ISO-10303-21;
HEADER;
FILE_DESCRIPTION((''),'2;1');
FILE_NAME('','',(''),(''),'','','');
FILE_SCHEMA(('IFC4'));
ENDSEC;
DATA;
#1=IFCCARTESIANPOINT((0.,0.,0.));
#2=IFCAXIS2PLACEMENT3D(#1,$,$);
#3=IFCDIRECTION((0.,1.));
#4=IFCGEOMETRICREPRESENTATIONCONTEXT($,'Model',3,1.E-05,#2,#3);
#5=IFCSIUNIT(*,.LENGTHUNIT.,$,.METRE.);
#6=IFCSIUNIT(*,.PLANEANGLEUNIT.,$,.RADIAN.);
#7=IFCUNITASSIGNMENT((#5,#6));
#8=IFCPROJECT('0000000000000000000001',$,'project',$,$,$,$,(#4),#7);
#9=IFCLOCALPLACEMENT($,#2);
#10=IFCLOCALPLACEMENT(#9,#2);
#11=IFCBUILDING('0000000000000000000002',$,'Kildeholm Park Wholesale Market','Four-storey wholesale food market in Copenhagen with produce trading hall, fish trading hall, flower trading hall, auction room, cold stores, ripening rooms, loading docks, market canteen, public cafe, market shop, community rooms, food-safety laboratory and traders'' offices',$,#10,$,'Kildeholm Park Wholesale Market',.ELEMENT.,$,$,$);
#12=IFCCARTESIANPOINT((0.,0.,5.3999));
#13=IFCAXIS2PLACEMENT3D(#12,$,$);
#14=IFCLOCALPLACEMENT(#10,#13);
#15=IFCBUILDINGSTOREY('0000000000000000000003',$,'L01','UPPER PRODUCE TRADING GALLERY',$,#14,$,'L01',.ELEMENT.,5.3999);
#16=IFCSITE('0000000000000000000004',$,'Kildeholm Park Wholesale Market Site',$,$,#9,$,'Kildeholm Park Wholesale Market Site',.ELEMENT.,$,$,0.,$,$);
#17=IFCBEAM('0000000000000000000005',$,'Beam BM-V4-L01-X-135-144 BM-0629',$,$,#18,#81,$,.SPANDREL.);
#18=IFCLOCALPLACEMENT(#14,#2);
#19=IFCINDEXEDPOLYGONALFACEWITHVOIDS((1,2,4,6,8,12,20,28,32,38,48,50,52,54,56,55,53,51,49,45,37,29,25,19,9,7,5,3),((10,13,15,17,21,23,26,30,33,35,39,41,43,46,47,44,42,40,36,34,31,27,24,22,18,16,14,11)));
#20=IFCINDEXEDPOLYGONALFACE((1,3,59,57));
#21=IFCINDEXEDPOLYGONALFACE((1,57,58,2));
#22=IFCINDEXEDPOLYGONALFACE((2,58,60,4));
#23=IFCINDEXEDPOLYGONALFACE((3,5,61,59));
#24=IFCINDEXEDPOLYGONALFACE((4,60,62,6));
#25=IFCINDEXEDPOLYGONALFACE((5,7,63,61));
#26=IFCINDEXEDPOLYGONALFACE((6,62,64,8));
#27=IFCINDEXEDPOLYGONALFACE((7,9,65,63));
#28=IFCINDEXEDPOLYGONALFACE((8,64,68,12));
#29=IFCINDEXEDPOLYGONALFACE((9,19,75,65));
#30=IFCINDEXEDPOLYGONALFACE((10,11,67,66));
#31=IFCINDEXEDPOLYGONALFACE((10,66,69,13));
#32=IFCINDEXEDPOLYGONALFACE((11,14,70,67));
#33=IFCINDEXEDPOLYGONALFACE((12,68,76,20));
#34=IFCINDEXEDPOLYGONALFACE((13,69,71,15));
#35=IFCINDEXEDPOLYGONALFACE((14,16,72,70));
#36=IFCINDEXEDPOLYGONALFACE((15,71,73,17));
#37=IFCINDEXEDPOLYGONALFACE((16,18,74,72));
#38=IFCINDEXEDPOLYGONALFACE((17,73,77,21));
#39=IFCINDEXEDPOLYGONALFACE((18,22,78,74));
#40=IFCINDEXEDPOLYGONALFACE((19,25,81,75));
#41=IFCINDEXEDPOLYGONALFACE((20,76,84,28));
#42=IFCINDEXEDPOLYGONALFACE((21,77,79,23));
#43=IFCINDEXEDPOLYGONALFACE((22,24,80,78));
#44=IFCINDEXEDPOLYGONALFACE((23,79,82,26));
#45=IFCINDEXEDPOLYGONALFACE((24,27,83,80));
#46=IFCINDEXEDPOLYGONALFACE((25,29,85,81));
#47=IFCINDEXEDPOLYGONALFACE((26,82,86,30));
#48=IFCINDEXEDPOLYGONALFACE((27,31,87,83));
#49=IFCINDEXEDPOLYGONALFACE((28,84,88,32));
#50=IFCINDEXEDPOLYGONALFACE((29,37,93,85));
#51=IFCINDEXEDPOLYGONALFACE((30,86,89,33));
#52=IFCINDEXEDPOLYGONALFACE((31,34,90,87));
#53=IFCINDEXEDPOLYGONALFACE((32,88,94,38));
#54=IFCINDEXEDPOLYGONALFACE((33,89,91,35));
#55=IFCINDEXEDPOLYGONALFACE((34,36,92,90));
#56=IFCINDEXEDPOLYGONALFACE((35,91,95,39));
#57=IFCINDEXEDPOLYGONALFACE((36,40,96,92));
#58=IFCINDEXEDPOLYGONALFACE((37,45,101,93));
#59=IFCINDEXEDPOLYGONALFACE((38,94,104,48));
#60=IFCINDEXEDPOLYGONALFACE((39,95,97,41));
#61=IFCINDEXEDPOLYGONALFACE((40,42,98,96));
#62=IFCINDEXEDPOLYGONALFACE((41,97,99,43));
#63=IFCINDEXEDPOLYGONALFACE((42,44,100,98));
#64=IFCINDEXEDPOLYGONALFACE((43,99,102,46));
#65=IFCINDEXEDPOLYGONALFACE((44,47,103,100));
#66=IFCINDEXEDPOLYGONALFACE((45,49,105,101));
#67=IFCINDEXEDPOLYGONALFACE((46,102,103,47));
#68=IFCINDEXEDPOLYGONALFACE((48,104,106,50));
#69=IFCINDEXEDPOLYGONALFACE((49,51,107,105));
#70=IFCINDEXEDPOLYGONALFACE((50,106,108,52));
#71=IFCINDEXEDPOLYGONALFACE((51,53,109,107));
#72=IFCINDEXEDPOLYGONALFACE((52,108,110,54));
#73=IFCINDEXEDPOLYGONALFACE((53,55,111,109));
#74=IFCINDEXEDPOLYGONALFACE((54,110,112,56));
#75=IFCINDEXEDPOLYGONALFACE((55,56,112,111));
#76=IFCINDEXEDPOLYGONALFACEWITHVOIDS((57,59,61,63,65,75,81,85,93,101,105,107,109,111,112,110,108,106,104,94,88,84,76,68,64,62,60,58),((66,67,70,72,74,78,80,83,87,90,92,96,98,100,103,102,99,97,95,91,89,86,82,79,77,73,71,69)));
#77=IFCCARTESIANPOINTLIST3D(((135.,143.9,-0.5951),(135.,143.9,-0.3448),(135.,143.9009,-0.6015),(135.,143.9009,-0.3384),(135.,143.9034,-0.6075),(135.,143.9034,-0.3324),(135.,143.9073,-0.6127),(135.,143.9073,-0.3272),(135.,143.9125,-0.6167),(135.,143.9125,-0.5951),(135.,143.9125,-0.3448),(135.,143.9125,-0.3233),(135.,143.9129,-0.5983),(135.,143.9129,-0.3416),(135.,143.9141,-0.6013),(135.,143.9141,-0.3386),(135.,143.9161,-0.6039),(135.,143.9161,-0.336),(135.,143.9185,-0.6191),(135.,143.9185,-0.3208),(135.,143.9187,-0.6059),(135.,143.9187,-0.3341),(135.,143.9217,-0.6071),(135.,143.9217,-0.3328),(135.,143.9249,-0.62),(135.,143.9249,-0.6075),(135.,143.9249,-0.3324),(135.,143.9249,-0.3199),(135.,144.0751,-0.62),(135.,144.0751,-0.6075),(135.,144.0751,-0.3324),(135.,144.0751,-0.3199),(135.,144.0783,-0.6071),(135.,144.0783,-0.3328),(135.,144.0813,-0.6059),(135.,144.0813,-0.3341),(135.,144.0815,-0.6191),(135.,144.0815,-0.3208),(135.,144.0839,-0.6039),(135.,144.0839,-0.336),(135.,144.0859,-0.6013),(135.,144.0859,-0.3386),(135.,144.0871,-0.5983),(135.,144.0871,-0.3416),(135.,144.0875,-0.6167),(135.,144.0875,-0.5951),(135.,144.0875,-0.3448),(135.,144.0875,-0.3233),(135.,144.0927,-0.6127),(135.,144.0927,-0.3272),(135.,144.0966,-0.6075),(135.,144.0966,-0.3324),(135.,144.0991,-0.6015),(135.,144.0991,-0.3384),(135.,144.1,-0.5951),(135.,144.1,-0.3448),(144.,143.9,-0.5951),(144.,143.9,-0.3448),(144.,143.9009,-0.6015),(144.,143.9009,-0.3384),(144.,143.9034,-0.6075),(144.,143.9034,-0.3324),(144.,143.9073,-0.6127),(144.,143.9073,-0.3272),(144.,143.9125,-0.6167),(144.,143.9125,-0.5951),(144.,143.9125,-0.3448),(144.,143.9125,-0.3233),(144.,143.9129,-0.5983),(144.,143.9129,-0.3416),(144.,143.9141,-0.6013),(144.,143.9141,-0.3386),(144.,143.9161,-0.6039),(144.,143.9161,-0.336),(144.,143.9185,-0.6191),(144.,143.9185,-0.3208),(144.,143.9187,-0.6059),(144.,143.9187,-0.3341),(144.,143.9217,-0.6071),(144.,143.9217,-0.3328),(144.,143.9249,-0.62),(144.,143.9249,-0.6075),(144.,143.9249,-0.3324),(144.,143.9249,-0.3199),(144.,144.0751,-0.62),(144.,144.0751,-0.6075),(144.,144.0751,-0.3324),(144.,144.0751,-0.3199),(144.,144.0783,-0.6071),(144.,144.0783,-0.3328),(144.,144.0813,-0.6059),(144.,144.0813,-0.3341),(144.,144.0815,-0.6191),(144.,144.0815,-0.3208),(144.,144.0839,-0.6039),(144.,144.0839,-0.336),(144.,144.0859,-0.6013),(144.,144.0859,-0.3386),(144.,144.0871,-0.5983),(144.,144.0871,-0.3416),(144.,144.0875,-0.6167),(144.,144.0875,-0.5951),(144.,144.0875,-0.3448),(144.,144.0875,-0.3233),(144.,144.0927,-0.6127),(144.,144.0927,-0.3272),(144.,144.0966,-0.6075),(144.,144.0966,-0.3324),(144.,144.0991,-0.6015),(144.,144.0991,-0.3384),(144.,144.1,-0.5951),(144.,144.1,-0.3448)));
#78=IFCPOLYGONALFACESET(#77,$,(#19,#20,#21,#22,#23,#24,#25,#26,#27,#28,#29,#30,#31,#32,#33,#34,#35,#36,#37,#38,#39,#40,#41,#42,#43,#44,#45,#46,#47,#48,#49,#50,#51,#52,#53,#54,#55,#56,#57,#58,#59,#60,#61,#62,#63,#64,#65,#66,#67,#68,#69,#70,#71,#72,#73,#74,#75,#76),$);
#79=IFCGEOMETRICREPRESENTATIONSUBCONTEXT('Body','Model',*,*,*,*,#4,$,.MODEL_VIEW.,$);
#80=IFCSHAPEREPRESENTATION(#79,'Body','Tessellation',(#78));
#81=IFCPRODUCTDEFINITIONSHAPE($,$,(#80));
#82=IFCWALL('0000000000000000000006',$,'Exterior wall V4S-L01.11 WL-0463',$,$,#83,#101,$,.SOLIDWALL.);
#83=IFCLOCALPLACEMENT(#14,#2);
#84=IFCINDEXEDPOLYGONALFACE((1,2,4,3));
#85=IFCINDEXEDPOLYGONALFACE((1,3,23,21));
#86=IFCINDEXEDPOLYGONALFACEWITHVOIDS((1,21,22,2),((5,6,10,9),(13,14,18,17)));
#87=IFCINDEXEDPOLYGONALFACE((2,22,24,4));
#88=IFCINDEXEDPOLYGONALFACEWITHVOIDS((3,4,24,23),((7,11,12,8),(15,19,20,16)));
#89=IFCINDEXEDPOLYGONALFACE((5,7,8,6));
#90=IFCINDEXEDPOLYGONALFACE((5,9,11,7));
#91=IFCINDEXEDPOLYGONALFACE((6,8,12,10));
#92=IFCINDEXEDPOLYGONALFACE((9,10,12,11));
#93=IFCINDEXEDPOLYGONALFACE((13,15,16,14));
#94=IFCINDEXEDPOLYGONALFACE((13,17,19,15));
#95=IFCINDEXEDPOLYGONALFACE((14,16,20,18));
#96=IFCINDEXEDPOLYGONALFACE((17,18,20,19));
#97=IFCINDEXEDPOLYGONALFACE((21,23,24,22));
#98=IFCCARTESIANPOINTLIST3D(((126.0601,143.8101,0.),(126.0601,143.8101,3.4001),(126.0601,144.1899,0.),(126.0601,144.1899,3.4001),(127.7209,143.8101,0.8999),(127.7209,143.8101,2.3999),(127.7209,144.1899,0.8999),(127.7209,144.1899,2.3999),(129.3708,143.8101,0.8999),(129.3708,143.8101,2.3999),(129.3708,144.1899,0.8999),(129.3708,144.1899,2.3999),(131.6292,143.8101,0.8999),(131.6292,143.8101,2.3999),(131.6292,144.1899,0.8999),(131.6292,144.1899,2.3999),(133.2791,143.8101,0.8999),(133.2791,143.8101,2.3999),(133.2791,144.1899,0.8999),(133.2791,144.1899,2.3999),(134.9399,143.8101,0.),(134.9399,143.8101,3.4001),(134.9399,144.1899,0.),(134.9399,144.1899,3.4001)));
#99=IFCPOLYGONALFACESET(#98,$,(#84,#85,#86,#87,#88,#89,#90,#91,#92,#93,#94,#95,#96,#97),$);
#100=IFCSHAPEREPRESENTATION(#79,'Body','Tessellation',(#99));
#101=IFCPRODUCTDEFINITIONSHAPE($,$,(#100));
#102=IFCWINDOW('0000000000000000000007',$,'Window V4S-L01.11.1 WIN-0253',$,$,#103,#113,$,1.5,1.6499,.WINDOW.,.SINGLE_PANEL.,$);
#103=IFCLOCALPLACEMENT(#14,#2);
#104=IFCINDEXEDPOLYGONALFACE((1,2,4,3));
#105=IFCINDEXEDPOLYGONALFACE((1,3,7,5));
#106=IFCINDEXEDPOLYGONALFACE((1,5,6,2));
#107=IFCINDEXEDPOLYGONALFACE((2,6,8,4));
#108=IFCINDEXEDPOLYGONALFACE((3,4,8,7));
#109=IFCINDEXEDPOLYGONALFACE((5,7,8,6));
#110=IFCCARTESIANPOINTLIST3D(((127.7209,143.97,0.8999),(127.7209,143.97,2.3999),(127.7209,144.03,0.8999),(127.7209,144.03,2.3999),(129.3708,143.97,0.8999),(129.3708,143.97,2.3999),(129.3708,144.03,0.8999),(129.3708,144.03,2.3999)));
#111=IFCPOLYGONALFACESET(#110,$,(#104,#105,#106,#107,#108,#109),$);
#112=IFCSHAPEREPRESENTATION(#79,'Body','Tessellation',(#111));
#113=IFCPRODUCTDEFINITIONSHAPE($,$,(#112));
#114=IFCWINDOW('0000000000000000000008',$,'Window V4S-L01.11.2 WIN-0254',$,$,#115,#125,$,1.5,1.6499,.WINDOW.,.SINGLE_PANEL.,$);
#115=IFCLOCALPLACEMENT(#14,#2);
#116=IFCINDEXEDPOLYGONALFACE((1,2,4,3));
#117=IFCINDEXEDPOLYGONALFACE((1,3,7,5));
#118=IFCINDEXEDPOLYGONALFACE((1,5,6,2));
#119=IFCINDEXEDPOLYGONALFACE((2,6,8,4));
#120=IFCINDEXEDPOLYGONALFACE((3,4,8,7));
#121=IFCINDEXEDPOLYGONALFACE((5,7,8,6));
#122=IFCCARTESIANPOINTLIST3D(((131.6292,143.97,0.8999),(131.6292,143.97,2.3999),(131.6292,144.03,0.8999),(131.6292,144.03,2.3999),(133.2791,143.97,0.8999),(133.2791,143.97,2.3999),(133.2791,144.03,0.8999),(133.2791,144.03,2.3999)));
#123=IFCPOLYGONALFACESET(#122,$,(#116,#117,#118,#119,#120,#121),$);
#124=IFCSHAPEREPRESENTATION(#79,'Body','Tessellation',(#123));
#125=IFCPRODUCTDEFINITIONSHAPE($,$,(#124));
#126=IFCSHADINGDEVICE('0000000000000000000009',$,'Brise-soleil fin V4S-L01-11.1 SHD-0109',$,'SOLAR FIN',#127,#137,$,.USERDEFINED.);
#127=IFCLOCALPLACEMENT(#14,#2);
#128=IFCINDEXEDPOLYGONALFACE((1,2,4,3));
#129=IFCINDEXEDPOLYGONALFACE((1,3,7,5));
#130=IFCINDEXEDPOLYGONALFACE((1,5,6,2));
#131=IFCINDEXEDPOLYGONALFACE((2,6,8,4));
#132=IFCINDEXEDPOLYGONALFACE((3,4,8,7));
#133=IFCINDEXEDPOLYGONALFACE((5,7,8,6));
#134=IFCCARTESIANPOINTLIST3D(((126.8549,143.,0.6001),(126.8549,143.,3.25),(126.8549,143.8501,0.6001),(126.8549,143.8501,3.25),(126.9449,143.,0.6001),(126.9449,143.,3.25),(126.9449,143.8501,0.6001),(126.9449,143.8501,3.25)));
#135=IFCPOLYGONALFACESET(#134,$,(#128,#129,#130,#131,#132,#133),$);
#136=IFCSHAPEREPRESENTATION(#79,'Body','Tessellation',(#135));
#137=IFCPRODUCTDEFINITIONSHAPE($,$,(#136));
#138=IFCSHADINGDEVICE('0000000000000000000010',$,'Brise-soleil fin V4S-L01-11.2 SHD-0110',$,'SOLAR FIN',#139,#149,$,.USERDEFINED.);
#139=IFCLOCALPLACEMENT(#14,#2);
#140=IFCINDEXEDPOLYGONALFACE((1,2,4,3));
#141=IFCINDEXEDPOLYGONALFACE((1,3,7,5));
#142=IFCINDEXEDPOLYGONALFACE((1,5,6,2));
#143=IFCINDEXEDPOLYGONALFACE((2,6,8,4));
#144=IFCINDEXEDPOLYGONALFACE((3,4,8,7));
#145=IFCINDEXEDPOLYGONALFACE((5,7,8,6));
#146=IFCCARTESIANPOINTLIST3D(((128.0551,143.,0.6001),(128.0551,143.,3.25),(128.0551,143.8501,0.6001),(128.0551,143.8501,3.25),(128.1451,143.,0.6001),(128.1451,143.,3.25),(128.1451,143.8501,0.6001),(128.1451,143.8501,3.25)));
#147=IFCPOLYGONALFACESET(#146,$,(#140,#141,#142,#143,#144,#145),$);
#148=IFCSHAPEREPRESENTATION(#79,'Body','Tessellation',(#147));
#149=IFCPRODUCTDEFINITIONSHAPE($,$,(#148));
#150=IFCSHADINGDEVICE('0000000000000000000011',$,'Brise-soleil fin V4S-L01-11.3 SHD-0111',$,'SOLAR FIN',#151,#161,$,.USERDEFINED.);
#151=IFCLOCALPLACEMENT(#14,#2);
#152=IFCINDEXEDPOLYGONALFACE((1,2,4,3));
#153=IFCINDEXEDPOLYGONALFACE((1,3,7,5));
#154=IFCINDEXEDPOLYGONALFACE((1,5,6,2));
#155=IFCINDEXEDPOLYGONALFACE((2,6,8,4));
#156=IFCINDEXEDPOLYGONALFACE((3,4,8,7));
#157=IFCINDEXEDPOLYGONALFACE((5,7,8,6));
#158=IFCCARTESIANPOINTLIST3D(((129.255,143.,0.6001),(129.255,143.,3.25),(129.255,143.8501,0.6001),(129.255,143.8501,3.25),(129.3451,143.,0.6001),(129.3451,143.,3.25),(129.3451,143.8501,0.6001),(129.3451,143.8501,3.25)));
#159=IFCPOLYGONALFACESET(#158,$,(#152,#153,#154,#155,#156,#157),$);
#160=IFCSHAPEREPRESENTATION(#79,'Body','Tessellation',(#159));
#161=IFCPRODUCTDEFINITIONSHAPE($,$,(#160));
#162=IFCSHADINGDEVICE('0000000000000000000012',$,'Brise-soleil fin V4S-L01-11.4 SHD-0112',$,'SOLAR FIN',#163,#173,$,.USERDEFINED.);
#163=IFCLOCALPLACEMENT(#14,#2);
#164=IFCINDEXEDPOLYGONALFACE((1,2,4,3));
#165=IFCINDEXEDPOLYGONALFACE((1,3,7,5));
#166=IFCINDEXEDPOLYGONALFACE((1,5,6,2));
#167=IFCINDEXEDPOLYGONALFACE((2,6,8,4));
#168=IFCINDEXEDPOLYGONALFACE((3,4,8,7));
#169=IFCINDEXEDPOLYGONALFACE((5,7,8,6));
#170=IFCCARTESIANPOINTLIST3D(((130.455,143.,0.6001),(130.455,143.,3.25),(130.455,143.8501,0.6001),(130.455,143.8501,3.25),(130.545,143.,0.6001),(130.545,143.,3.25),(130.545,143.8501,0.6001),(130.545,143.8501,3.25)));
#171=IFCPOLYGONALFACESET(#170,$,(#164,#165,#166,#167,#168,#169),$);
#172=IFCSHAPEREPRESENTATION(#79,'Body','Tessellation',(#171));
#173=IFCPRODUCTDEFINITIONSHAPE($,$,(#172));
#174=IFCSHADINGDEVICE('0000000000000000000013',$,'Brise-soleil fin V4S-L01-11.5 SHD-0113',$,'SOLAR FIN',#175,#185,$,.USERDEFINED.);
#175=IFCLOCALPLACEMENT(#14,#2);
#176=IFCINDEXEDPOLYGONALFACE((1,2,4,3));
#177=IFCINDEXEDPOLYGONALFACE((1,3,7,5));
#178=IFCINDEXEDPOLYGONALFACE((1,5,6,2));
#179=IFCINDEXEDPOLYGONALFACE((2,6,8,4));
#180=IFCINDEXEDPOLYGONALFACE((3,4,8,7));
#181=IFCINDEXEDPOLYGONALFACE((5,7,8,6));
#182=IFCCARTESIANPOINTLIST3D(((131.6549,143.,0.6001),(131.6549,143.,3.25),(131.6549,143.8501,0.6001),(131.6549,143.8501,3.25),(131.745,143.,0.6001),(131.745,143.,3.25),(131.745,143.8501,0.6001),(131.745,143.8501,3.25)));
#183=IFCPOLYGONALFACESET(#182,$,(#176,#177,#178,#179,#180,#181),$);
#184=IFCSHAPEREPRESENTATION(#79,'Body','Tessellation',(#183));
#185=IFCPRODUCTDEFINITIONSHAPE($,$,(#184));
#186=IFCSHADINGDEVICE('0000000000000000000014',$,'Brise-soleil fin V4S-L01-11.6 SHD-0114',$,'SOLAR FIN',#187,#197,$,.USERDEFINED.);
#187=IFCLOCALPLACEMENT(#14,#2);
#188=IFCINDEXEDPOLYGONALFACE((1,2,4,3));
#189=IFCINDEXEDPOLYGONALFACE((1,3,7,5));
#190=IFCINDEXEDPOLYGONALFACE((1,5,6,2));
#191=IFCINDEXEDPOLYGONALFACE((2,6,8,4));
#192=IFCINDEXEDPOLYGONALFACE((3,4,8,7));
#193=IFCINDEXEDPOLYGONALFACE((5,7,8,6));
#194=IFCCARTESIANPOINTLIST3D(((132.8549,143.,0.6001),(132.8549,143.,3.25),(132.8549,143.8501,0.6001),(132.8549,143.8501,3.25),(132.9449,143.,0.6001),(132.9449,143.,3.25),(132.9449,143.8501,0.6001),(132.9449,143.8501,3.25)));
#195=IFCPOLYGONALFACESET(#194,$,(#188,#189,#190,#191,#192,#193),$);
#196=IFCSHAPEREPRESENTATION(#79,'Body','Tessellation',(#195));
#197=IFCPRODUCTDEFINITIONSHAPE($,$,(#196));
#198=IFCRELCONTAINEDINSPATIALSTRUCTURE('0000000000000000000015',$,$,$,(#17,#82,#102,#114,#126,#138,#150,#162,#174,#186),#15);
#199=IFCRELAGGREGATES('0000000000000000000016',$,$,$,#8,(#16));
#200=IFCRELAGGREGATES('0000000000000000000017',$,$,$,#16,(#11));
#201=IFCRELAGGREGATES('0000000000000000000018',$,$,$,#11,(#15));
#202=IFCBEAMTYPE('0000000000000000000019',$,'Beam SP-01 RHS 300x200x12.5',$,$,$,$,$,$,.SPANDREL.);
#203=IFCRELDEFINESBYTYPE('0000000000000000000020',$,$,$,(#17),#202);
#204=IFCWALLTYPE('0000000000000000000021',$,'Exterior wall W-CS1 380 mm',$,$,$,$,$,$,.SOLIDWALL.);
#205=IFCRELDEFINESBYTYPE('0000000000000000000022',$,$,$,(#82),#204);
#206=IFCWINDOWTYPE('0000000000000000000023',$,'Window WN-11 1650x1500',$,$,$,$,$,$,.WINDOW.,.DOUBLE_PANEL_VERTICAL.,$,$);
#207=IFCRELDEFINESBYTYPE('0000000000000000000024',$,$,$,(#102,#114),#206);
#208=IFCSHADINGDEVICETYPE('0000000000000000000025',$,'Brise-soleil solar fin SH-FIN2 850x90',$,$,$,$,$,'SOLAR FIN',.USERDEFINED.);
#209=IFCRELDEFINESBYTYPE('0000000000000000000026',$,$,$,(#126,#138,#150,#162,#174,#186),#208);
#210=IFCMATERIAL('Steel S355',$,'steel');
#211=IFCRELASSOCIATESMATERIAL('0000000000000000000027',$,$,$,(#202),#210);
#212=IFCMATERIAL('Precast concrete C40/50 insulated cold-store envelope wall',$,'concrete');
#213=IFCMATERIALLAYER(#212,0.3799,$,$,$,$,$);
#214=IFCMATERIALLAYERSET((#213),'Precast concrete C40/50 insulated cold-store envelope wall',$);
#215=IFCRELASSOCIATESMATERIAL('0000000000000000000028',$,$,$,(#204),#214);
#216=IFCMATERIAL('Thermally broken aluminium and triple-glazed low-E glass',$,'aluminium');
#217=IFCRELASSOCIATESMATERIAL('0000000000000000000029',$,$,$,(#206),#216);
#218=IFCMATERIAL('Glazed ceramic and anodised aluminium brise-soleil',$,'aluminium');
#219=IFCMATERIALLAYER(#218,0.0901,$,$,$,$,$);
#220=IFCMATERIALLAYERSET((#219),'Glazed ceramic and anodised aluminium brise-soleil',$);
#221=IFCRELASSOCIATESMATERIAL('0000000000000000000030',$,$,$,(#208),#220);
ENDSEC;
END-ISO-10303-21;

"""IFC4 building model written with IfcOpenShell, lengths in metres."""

from ifc_helpers import new_model, si_unit, direction, frame, frame_2d, origin, origin_2d, place, context, subcontext, project, spatial, rectangle, hollow_rectangle, extrude, material, layer, layer_set, material_profile, profile_set, type_object, element, fill, save


model = new_model("IFC4")

# Units and contexts
model_context = context("Model", 3, precision=1e-05, world=origin(), true_north=direction((0.0, 1.0)))
body_context = subcontext(model_context, "Body", "Model", "MODEL_VIEW")
ifc_project = project(units=[si_unit("LENGTHUNIT", "METRE"), si_unit("PLANEANGLEUNIT", "RADIAN")], contexts=[model_context])

# Site, building, storey
site_placement = place(None, origin())
site = spatial("IfcSite", under=ifc_project, at=site_placement, Name="Kildeholm Park Wholesale Market Site", LongName="Kildeholm Park Wholesale Market Site", CompositionType="ELEMENT", RefElevation=0.0)
building_placement = place(site_placement, origin())
building = spatial("IfcBuilding", under=site, at=building_placement, Name="Kildeholm Park Wholesale Market", Description="Four-storey wholesale food market in Copenhagen with produce trading hall, fish trading hall, flower trading hall, auction room, cold stores, ripening rooms, loading docks, market canteen, public cafe, market shop, community rooms, food-safety laboratory and traders' offices", LongName="Kildeholm Park Wholesale Market", CompositionType="ELEMENT")
storey_placement = place(building_placement, frame((0.0, 0.0, 5.3999)))
storey = spatial("IfcBuildingStorey", under=building, at=storey_placement, Name="L01", Description="UPPER PRODUCE TRADING GALLERY", LongName="L01", CompositionType="ELEMENT", Elevation=5.3999)

# Beam
ifc_material_1 = material(Name="Steel S355", Category="steel")
ifc_material_profile_1 = material_profile(ifc_material_1, hollow_rectangle(XDim=0.2, YDim=0.3, WallThickness=0.0125, InnerFilletRadius=0.0125, OuterFilletRadius=0.0249, at=origin_2d()), Name="RHS 300x200x12.5")
ifc_profile_set_1 = profile_set([ifc_material_profile_1], Name="Steel S355")
beam_type_1 = type_object("IfcBeamType", Name="Beam SP-01 RHS 300x200x12.5", PredefinedType="SPANDREL", material=ifc_profile_set_1)
for number, where, z_axis, x_axis, name in (
    (1, (135.0, 144.0, -0.47), (1.0, 0.0, 0.0), (0.0, 1.0, 0.0), "Beam BM-V4-L01-X-135-144 BM-0629"),
):
    element("IfcBeam", number, at=place(storey_placement, frame(where, z_axis=z_axis, x_axis=x_axis)), inside=storey, type_object=beam_type_1, Name=name, PredefinedType="SPANDREL", context=body_context, shape_type="SweptSolid", body=[
        extrude(hollow_rectangle(XDim=0.2, YDim=0.3, WallThickness=0.0125, InnerFilletRadius=0.0125, OuterFilletRadius=0.0249, at=origin_2d()), origin(), (0.0, 0.0, 1.0), 9.0),
    ])

# Wall, openings, windows
ifc_material_2 = material(Name="Precast concrete C40/50 insulated cold-store envelope wall", Category="concrete")
ifc_layer_1 = layer(ifc_material_2, 0.3799)
ifc_layer_set_1 = layer_set([ifc_layer_1], Name="Precast concrete C40/50 insulated cold-store envelope wall")
wall_type = type_object("IfcWallType", Name="Exterior wall W-CS1 380 mm", PredefinedType="SOLIDWALL", material=ifc_layer_set_1)
wall_placement = place(storey_placement, frame((126.0601, 144.0, 0.0), z_axis=(0.0, 0.0, 1.0), x_axis=(1.0, 0.0, 0.0)))
wall = element("IfcWall", 2, at=wall_placement, inside=storey, type_object=wall_type, Name="Exterior wall V4S-L01.11 WL-0463", PredefinedType="SOLIDWALL", context=body_context, shape_type="SweptSolid", body=[
    extrude(rectangle(XDim=8.8799, YDim=0.3799, at=frame_2d((4.4399, 0.0))), origin(), (0.0, 0.0, 1.0), 3.4001),
])
opening_1_placement = place(wall_placement, frame((1.6609, 0.0, 0.8999)))
opening_1 = element("IfcOpeningElement", 3, at=opening_1_placement, cuts=wall, PredefinedType="OPENING", context=body_context, shape_type="SweptSolid", body=[
    extrude(rectangle(XDim=1.6499, YDim=1.5, at=frame_2d((0.825, 0.75))), frame((0.0, 0.2, 0.0), z_axis=(0.0, -1.0, 0.0), x_axis=(1.0, 0.0, 0.0)), (0.0, 0.0, 1.0), 0.3999),
])
opening_2_placement = place(wall_placement, frame((5.5691, 0.0, 0.8999)))
opening_2 = element("IfcOpeningElement", 4, at=opening_2_placement, cuts=wall, PredefinedType="OPENING", context=body_context, shape_type="SweptSolid", body=[
    extrude(rectangle(XDim=1.6499, YDim=1.5, at=frame_2d((0.825, 0.75))), frame((0.0, 0.2, 0.0), z_axis=(0.0, -1.0, 0.0), x_axis=(1.0, 0.0, 0.0)), (0.0, 0.0, 1.0), 0.3999),
])
ifc_material_3 = material(Name="Thermally broken aluminium and triple-glazed low-E glass", Category="aluminium")
window_type = type_object("IfcWindowType", Name="Window WN-11 1650x1500", PartitioningType="DOUBLE_PANEL_VERTICAL", PredefinedType="WINDOW", material=ifc_material_3)
window_1_placement = place(opening_1_placement, origin())
window_1 = element("IfcWindow", 5, at=window_1_placement, inside=storey, type_object=window_type, Name="Window V4S-L01.11.1 WIN-0253", OverallHeight=1.5, OverallWidth=1.6499, PartitioningType="SINGLE_PANEL", PredefinedType="WINDOW", context=body_context, shape_type="SweptSolid", body=[
    extrude(rectangle(XDim=1.6499, YDim=1.5, at=frame_2d((0.825, 0.75))), frame((0.0, 0.03, 0.0), z_axis=(0.0, -1.0, 0.0), x_axis=(1.0, 0.0, 0.0)), (0.0, 0.0, 1.0), 0.0601),
])
fill(opening_1, window_1)
window_2_placement = place(opening_2_placement, origin())
window_2 = element("IfcWindow", 6, at=window_2_placement, inside=storey, type_object=window_type, Name="Window V4S-L01.11.2 WIN-0254", OverallHeight=1.5, OverallWidth=1.6499, PartitioningType="SINGLE_PANEL", PredefinedType="WINDOW", context=body_context, shape_type="SweptSolid", body=[
    extrude(rectangle(XDim=1.6499, YDim=1.5, at=frame_2d((0.825, 0.75))), frame((0.0, 0.03, 0.0), z_axis=(0.0, -1.0, 0.0), x_axis=(1.0, 0.0, 0.0)), (0.0, 0.0, 1.0), 0.0601),
])
fill(opening_2, window_2)

# Shading devices
ifc_material_4 = material(Name="Glazed ceramic and anodised aluminium brise-soleil", Category="aluminium")
ifc_layer_2 = layer(ifc_material_4, 0.0901)
ifc_layer_set_2 = layer_set([ifc_layer_2], Name="Glazed ceramic and anodised aluminium brise-soleil")
shading_device_type_1 = type_object("IfcShadingDeviceType", Name="Brise-soleil solar fin SH-FIN2 850x90", ElementType="SOLAR FIN", PredefinedType="USERDEFINED", material=ifc_layer_set_2)
for number, where, z_axis, x_axis, name in (
    (7, (126.8999, 143.425, 0.6001), (0.0, 0.0, 1.0), (0.0, -1.0, 0.0), "Brise-soleil fin V4S-L01-11.1 SHD-0109"),
    (8, (128.1001, 143.425, 0.6001), (0.0, 0.0, 1.0), (0.0, -1.0, 0.0), "Brise-soleil fin V4S-L01-11.2 SHD-0110"),
    (9, (129.3, 143.425, 0.6001), (0.0, 0.0, 1.0), (0.0, -1.0, 0.0), "Brise-soleil fin V4S-L01-11.3 SHD-0111"),
    (10, (130.5, 143.425, 0.6001), (0.0, 0.0, 1.0), (0.0, -1.0, 0.0), "Brise-soleil fin V4S-L01-11.4 SHD-0112"),
    (11, (131.7, 143.425, 0.6001), (0.0, 0.0, 1.0), (0.0, -1.0, 0.0), "Brise-soleil fin V4S-L01-11.5 SHD-0113"),
    (12, (132.8999, 143.425, 0.6001), (0.0, 0.0, 1.0), (0.0, -1.0, 0.0), "Brise-soleil fin V4S-L01-11.6 SHD-0114"),
):
    element("IfcShadingDevice", number, at=place(storey_placement, frame(where, z_axis=z_axis, x_axis=x_axis)), inside=storey, type_object=shading_device_type_1, Name=name, ObjectType="SOLAR FIN", PredefinedType="USERDEFINED", context=body_context, shape_type="SweptSolid", body=[
        extrude(rectangle(XDim=0.8501, YDim=0.0901, at=origin_2d()), origin(), (0.0, 0.0, 1.0), 2.6499),
    ])

save(model, "model.ifc")
